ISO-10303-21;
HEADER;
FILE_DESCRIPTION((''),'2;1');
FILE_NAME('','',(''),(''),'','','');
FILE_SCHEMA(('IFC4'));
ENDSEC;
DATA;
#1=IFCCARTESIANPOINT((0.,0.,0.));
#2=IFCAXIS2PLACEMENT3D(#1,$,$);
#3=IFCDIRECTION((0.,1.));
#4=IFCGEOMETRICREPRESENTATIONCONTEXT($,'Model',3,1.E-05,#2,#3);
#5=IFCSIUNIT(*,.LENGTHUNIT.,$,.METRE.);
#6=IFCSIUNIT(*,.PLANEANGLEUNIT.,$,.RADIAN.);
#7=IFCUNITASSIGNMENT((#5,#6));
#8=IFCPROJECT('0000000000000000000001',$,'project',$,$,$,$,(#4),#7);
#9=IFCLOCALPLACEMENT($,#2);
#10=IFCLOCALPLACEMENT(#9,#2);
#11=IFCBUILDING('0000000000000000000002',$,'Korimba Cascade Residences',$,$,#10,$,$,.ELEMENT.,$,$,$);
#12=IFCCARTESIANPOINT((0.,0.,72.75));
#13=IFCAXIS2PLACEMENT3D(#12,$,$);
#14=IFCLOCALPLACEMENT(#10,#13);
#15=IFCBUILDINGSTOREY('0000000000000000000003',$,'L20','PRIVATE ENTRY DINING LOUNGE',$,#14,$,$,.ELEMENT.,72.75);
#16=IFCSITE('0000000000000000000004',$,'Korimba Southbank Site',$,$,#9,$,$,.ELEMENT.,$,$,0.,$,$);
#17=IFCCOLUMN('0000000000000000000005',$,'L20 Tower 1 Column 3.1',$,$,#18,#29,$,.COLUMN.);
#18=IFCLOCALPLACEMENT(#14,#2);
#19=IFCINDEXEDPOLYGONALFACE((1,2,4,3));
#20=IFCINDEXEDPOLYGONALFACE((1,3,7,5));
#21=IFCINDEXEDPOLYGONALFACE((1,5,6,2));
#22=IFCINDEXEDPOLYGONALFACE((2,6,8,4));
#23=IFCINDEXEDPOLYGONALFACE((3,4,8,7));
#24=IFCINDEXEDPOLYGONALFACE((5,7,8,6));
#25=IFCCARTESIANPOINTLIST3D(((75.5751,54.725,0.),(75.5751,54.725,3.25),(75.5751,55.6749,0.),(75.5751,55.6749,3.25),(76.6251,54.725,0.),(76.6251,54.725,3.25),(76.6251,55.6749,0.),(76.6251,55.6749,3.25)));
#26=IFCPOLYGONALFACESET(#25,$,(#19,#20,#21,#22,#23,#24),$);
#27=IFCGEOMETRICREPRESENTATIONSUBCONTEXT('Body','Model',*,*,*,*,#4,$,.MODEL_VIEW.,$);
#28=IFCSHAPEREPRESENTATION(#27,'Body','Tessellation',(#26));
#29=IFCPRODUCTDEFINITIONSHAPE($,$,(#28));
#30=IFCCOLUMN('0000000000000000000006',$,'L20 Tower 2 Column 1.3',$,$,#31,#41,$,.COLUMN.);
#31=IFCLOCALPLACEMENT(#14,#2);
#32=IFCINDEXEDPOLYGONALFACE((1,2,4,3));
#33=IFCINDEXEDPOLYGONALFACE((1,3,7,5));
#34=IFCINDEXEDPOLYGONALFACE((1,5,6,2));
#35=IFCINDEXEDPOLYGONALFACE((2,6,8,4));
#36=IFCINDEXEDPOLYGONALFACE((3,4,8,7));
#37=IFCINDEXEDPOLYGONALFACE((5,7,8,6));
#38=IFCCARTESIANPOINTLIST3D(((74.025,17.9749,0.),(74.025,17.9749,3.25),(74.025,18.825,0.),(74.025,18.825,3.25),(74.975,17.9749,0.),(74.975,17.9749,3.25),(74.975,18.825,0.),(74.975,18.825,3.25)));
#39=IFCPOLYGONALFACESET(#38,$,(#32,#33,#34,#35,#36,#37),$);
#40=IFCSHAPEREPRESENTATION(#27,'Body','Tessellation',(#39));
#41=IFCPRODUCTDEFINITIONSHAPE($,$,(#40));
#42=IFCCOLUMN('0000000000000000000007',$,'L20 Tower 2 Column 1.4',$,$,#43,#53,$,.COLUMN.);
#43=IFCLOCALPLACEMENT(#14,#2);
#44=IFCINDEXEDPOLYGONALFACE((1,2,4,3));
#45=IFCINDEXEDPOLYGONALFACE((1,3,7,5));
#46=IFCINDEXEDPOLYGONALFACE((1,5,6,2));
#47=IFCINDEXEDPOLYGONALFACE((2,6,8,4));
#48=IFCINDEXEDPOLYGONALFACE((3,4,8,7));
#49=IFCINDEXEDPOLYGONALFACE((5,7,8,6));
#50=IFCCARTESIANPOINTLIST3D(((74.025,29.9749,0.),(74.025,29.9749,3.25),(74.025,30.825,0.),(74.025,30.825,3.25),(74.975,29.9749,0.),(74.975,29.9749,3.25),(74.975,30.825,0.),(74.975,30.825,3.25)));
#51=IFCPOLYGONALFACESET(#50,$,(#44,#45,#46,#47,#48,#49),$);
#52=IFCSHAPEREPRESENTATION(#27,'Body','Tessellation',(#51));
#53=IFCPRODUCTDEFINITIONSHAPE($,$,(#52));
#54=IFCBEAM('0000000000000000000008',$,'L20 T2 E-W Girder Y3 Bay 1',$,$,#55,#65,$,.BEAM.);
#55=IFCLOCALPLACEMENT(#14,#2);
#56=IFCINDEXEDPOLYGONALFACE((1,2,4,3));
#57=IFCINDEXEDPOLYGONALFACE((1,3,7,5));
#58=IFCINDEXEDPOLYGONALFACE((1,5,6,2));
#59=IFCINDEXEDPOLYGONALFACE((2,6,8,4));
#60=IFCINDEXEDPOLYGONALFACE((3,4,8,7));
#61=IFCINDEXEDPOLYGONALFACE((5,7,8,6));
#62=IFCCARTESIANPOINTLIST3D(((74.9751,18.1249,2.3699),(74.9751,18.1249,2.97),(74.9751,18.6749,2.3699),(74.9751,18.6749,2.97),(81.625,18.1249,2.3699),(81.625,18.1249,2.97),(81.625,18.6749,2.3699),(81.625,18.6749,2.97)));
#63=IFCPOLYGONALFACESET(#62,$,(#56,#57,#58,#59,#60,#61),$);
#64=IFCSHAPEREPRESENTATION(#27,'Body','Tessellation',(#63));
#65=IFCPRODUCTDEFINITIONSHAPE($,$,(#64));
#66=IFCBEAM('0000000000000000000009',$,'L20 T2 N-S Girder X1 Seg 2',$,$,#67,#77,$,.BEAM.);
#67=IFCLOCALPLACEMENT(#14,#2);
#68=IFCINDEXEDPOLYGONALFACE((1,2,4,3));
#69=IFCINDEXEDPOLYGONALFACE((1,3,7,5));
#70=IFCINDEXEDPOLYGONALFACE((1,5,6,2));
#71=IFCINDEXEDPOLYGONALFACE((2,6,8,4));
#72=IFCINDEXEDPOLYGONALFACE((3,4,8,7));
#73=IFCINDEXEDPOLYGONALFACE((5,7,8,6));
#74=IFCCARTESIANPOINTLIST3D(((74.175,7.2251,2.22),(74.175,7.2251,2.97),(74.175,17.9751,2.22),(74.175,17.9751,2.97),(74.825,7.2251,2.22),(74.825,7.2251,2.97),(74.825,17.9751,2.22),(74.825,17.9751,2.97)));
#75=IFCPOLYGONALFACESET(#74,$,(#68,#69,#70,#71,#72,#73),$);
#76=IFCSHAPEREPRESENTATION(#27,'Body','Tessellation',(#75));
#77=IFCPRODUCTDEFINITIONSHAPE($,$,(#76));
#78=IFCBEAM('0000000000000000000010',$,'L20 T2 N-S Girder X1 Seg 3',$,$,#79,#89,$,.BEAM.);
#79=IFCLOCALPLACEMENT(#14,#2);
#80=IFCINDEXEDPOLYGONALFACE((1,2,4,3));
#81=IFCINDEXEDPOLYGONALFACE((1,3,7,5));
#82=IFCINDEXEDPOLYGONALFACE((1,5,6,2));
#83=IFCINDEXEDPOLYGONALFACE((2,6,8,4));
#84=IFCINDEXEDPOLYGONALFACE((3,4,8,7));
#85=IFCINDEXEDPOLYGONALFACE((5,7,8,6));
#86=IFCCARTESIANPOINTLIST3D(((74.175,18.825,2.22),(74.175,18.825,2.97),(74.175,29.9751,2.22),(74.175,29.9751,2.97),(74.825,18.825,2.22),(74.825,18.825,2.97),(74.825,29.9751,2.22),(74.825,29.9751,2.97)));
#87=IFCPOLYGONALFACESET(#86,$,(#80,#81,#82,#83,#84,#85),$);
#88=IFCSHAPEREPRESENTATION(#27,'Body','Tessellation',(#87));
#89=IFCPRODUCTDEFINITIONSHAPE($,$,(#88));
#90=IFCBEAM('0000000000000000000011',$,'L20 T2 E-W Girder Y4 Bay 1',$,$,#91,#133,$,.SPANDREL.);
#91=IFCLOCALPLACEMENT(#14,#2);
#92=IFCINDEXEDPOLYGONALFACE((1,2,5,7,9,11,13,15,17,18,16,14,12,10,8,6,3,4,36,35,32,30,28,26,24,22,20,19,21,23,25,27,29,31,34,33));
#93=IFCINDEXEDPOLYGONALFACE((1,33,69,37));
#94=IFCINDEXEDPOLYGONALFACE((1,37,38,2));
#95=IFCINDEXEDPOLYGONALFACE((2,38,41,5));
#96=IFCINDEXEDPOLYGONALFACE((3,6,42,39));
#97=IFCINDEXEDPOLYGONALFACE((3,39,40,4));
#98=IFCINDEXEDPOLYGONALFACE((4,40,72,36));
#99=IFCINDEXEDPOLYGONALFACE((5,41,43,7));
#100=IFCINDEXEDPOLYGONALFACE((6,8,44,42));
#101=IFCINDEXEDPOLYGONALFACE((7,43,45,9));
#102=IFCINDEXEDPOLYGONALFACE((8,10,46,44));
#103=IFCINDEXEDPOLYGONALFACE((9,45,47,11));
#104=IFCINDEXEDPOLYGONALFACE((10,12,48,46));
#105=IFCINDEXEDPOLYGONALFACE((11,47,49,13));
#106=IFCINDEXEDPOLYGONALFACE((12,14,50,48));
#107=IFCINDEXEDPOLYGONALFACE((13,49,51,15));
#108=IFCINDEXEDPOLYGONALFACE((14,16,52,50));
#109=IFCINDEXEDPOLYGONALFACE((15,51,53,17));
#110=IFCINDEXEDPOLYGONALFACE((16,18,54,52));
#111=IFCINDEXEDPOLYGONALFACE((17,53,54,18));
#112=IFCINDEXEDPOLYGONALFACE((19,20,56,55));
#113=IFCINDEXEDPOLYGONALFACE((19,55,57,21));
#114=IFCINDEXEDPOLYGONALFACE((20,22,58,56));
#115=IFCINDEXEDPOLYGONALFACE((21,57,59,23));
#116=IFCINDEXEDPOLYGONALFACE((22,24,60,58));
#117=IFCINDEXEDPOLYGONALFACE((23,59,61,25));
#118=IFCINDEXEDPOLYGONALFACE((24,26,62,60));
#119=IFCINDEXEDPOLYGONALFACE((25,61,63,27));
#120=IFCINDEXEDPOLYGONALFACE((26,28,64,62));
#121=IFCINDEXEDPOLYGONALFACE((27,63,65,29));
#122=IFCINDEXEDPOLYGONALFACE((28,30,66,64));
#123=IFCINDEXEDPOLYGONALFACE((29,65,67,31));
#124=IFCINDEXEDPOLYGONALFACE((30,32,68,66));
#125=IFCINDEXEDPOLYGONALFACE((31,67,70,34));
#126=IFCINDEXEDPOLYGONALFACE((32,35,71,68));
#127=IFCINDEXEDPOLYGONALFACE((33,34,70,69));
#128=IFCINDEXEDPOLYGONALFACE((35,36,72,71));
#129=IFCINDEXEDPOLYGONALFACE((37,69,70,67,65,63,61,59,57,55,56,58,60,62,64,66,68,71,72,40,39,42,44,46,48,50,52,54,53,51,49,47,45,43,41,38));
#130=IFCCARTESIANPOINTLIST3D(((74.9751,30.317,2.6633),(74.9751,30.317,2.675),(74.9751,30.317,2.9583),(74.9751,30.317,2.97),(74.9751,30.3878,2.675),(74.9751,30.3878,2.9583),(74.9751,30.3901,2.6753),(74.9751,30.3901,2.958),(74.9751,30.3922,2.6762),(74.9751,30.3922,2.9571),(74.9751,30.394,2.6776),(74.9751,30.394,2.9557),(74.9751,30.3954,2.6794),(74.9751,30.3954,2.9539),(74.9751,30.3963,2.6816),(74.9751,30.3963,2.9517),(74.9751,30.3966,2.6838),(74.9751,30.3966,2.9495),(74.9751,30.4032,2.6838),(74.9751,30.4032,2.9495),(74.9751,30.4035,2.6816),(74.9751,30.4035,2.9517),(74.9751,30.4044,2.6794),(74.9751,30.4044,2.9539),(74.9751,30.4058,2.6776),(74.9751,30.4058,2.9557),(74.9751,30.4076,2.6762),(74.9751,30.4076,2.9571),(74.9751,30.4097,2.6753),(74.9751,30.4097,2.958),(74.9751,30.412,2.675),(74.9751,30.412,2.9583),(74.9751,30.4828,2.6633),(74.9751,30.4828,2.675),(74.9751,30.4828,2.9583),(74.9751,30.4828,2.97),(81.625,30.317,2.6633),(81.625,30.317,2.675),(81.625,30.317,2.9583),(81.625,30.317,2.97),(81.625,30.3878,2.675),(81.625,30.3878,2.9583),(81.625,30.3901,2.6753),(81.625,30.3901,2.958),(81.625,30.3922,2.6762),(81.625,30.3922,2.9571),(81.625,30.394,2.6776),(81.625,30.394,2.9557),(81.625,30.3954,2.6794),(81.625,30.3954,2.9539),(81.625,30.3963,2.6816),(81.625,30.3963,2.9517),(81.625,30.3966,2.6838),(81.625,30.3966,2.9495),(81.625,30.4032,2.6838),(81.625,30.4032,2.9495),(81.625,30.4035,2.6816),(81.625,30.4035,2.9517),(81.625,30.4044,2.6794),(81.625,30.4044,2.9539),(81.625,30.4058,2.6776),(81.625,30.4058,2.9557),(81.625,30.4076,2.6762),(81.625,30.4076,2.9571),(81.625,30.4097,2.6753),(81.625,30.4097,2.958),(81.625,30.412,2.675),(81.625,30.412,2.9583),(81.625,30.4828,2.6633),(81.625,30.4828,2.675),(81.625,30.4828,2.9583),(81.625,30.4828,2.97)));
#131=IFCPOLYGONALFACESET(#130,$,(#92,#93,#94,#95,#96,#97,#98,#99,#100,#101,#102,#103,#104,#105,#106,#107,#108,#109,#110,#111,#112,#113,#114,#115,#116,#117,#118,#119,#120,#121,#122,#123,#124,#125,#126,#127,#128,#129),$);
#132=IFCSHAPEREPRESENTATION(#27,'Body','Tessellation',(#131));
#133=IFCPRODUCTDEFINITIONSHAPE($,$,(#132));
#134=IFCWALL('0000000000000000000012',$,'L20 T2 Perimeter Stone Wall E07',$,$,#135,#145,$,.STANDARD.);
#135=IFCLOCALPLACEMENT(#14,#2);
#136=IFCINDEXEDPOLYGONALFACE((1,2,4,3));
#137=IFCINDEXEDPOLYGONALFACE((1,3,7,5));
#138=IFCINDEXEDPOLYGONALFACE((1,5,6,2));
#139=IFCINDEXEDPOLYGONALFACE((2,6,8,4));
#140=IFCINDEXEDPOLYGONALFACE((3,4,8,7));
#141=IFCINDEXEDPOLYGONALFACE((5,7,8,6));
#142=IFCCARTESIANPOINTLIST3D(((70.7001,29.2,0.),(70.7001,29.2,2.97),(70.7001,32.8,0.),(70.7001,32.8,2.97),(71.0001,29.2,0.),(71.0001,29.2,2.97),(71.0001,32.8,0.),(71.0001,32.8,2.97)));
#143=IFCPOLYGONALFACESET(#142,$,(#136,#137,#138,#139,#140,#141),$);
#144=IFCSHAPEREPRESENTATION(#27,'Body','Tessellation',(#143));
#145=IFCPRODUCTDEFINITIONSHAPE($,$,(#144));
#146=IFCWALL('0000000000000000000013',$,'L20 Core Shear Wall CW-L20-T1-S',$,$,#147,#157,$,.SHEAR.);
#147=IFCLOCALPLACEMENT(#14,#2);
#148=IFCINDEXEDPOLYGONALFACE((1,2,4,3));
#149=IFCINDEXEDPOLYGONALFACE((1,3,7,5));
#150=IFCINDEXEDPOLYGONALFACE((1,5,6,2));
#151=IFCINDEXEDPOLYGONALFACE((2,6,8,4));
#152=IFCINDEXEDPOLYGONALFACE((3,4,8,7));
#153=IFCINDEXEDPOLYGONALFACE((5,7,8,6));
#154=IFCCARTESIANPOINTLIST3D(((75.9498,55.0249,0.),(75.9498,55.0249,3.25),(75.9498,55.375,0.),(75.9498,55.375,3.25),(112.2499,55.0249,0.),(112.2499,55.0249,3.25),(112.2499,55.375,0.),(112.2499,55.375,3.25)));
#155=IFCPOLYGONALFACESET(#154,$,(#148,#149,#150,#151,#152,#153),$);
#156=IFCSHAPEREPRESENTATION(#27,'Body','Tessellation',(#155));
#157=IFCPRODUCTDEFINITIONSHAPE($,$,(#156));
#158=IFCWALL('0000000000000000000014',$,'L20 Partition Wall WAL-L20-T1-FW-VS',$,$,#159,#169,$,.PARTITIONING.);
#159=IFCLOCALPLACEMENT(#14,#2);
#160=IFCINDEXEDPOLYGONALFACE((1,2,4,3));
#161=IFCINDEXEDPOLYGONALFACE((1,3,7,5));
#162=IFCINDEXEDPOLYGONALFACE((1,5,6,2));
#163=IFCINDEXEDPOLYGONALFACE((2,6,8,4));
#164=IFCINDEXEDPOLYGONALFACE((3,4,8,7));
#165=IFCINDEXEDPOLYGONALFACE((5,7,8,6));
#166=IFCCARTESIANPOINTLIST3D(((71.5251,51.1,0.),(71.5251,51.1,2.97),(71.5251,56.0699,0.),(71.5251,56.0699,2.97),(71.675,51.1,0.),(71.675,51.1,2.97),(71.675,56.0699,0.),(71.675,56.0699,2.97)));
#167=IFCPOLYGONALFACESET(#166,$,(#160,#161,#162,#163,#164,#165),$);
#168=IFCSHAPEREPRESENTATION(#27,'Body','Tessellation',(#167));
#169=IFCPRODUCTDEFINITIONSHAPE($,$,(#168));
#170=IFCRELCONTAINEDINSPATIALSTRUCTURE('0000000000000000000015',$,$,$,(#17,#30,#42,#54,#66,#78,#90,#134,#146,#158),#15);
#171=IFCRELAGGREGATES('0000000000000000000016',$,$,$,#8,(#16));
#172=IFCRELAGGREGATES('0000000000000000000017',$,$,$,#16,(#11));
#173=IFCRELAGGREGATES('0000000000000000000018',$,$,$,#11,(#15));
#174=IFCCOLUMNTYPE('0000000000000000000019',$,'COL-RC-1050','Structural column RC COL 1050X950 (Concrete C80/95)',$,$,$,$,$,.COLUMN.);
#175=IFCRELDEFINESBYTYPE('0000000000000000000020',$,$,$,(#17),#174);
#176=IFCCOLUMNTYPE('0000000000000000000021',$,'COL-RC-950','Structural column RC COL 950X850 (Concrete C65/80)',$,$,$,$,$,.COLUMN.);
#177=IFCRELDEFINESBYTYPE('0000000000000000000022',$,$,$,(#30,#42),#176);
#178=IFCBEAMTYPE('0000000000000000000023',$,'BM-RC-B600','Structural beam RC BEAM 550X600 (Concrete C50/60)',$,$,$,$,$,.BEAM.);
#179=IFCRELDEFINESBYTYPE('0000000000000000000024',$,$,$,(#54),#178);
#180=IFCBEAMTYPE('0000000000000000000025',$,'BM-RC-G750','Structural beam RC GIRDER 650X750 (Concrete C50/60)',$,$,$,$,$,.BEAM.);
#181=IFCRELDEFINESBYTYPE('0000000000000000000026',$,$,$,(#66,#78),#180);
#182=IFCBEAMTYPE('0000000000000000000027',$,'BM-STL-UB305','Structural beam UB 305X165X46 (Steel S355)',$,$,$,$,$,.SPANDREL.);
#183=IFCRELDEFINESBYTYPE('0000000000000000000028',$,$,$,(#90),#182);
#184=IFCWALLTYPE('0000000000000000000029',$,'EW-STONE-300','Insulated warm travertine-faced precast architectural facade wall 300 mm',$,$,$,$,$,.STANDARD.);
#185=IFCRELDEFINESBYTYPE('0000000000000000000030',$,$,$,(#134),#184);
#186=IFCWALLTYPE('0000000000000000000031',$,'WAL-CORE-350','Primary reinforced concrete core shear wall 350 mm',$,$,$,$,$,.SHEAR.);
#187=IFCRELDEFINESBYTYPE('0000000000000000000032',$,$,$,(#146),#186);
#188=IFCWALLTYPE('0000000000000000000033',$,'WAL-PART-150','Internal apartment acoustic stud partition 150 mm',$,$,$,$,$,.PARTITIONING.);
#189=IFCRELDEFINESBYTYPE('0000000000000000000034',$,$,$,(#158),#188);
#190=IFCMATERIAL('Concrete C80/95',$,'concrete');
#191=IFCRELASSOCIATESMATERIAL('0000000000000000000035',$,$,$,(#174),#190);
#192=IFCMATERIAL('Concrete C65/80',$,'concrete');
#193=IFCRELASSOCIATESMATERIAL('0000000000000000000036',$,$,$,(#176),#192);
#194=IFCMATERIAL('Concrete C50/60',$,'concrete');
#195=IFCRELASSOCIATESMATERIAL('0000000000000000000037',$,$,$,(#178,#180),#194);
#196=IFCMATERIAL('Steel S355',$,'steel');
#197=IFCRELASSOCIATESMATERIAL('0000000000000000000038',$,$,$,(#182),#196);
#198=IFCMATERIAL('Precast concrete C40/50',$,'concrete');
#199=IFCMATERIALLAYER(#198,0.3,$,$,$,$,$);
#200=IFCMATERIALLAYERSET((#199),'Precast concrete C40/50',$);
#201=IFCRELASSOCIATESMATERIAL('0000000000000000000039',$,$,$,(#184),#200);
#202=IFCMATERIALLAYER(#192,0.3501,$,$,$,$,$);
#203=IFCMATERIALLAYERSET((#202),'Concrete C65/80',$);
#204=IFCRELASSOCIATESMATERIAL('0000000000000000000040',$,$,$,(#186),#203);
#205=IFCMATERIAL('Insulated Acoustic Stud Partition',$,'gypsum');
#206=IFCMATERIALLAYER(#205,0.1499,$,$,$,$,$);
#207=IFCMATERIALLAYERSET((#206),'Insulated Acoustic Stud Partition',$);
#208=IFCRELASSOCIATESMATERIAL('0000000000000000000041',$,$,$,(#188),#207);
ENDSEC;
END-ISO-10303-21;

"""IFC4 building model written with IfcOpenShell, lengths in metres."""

from ifc_helpers import new_model, si_unit, direction, frame, frame_2d, origin, origin_2d, place, context, subcontext, project, spatial, rectangle, i_section, extrude, material, layer, layer_set, material_profile, profile_set, type_object, element, save


model = new_model("IFC4")

# Units and contexts
model_context = context("Model", 3, precision=1e-05, world=origin(), true_north=direction((0.0, 1.0)))
body_context = subcontext(model_context, "Body", "Model", "MODEL_VIEW")
ifc_project = project(units=[si_unit("LENGTHUNIT", "METRE"), si_unit("PLANEANGLEUNIT", "RADIAN")], contexts=[model_context])

# Site, building, storey
site_placement = place(None, origin())
site = spatial("IfcSite", under=ifc_project, at=site_placement, Name="Korimba Southbank Site", CompositionType="ELEMENT", RefElevation=0.0)
building_placement = place(site_placement, origin())
building = spatial("IfcBuilding", under=site, at=building_placement, Name="Korimba Cascade Residences", CompositionType="ELEMENT")
storey_placement = place(building_placement, frame((0.0, 0.0, 72.75)))
storey = spatial("IfcBuildingStorey", under=building, at=storey_placement, Name="L20", Description="PRIVATE ENTRY DINING LOUNGE", CompositionType="ELEMENT", Elevation=72.75)

# Columns
ifc_material_1 = material(Name="Concrete C80/95", Category="concrete")
ifc_material_profile_1 = material_profile(ifc_material_1, rectangle(XDim=1.05, YDim=0.95, at=origin_2d()), Name="Concrete C80/95")
ifc_profile_set_1 = profile_set([ifc_material_profile_1], Name="Concrete C80/95")
column_type_1 = type_object("IfcColumnType", Name="COL-RC-1050", Description="Structural column RC COL 1050X950 (Concrete C80/95)", PredefinedType="COLUMN", material=ifc_profile_set_1)
column_placement = place(storey_placement, frame((76.1001, 55.2, 0.0), z_axis=(0.0, 0.0, 1.0), x_axis=(1.0, 0.0, 0.0)))
element("IfcColumn", 1, at=column_placement, inside=storey, type_object=column_type_1, Name="L20 Tower 1 Column 3.1", PredefinedType="COLUMN", context=body_context, shape_type="SweptSolid", body=[
    extrude(rectangle(XDim=1.05, YDim=0.95, at=origin_2d()), origin(), (0.0, 0.0, 1.0), 3.25),
])
ifc_material_2 = material(Name="Concrete C65/80", Category="concrete")
ifc_material_profile_2 = material_profile(ifc_material_2, rectangle(XDim=0.95, YDim=0.8501, at=origin_2d()), Name="Concrete C65/80")
ifc_profile_set_2 = profile_set([ifc_material_profile_2], Name="Concrete C65/80")
column_type_2 = type_object("IfcColumnType", Name="COL-RC-950", Description="Structural column RC COL 950X850 (Concrete C65/80)", PredefinedType="COLUMN", material=ifc_profile_set_2)
for number, where, z_axis, x_axis, name in (
    (2, (74.5, 18.3999, 0.0), (0.0, 0.0, 1.0), (1.0, 0.0, 0.0), "L20 Tower 2 Column 1.3"),
    (3, (74.5, 30.3999, 0.0), (0.0, 0.0, 1.0), (1.0, 0.0, 0.0), "L20 Tower 2 Column 1.4"),
):
    element("IfcColumn", number, at=place(storey_placement, frame(where, z_axis=z_axis, x_axis=x_axis)), inside=storey, type_object=column_type_2, Name=name, PredefinedType="COLUMN", context=body_context, shape_type="SweptSolid", body=[
        extrude(rectangle(XDim=0.95, YDim=0.8501, at=origin_2d()), origin(), (0.0, 0.0, 1.0), 3.25),
    ])

# Beams
ifc_material_3 = material(Name="Concrete C50/60", Category="concrete")
ifc_material_profile_3 = material_profile(ifc_material_3, rectangle(XDim=0.55, YDim=0.6001, at=origin_2d()), Name="Concrete C50/60")
ifc_profile_set_3 = profile_set([ifc_material_profile_3], Name="Concrete C50/60")
beam_type_1 = type_object("IfcBeamType", Name="BM-RC-B600", Description="Structural beam RC BEAM 550X600 (Concrete C50/60)", PredefinedType="BEAM", material=ifc_profile_set_3)
beam_1_placement = place(storey_placement, frame((74.9751, 18.3999, 2.6699), z_axis=(1.0, 0.0, 0.0), x_axis=(0.0, 1.0, 0.0)))
element("IfcBeam", 4, at=beam_1_placement, inside=storey, type_object=beam_type_1, Name="L20 T2 E-W Girder Y3 Bay 1", PredefinedType="BEAM", context=body_context, shape_type="SweptSolid", body=[
    extrude(rectangle(XDim=0.55, YDim=0.6001, at=origin_2d()), origin(), (0.0, 0.0, 1.0), 6.6499),
])
ifc_material_profile_4 = material_profile(ifc_material_3, rectangle(XDim=0.6499, YDim=0.75, at=origin_2d()), Name="Concrete C50/60")
ifc_profile_set_4 = profile_set([ifc_material_profile_4], Name="Concrete C50/60")
beam_type_2 = type_object("IfcBeamType", Name="BM-RC-G750", Description="Structural beam RC GIRDER 650X750 (Concrete C50/60)", PredefinedType="BEAM", material=ifc_profile_set_4)
beam_2_placement = place(storey_placement, frame((74.5, 7.2251, 2.595), z_axis=(0.0, 1.0, 0.0), x_axis=(-1.0, 0.0, 0.0)))
element("IfcBeam", 5, at=beam_2_placement, inside=storey, type_object=beam_type_2, Name="L20 T2 N-S Girder X1 Seg 2", PredefinedType="BEAM", context=body_context, shape_type="SweptSolid", body=[
    extrude(rectangle(XDim=0.6499, YDim=0.75, at=origin_2d()), origin(), (0.0, 0.0, 1.0), 10.75),
])
beam_3_placement = place(storey_placement, frame((74.5, 18.825, 2.595), z_axis=(0.0, 1.0, 0.0), x_axis=(-1.0, 0.0, 0.0)))
element("IfcBeam", 6, at=beam_3_placement, inside=storey, type_object=beam_type_2, Name="L20 T2 N-S Girder X1 Seg 3", PredefinedType="BEAM", context=body_context, shape_type="SweptSolid", body=[
    extrude(rectangle(XDim=0.6499, YDim=0.75, at=origin_2d()), origin(), (0.0, 0.0, 1.0), 11.1501),
])
ifc_material_4 = material(Name="Steel S355", Category="steel")
ifc_material_profile_5 = material_profile(ifc_material_4, i_section(OverallWidth=0.1658, OverallDepth=0.3066, WebThickness=0.0066, FlangeThickness=0.0117, FilletRadius=0.0088, at=origin_2d()), Name="Steel S355")
ifc_profile_set_5 = profile_set([ifc_material_profile_5], Name="Steel S355")
beam_type_3 = type_object("IfcBeamType", Name="BM-STL-UB305", Description="Structural beam UB 305X165X46 (Steel S355)", PredefinedType="SPANDREL", material=ifc_profile_set_5)
beam_4_placement = place(storey_placement, frame((74.9751, 30.3999, 2.8167), z_axis=(1.0, 0.0, 0.0), x_axis=(0.0, 1.0, 0.0)))
element("IfcBeam", 7, at=beam_4_placement, inside=storey, type_object=beam_type_3, Name="L20 T2 E-W Girder Y4 Bay 1", PredefinedType="SPANDREL", context=body_context, shape_type="SweptSolid", body=[
    extrude(i_section(OverallWidth=0.1658, OverallDepth=0.3066, WebThickness=0.0066, FlangeThickness=0.0117, FilletRadius=0.0088, at=origin_2d()), origin(), (0.0, 0.0, 1.0), 6.6499),
])

# Walls
ifc_material_5 = material(Name="Precast concrete C40/50", Category="concrete")
ifc_layer_1 = layer(ifc_material_5, 0.3)
ifc_layer_set_1 = layer_set([ifc_layer_1], Name="Precast concrete C40/50")
wall_type_1 = type_object("IfcWallType", Name="EW-STONE-300", Description="Insulated warm travertine-faced precast architectural facade wall 300 mm", PredefinedType="STANDARD", material=ifc_layer_set_1)
wall_1_placement = place(storey_placement, frame((70.8501, 32.8, 0.0), z_axis=(0.0, 0.0, 1.0), x_axis=(0.0, -1.0, 0.0)))
element("IfcWall", 8, at=wall_1_placement, inside=storey, type_object=wall_type_1, Name="L20 T2 Perimeter Stone Wall E07", PredefinedType="STANDARD", context=body_context, shape_type="SweptSolid", body=[
    extrude(rectangle(XDim=3.6001, YDim=0.3, at=frame_2d((1.8, 0.0))), origin(), (0.0, 0.0, 1.0), 2.97),
])
ifc_layer_2 = layer(ifc_material_2, 0.3501)
ifc_layer_set_2 = layer_set([ifc_layer_2], Name="Concrete C65/80")
wall_type_2 = type_object("IfcWallType", Name="WAL-CORE-350", Description="Primary reinforced concrete core shear wall 350 mm", PredefinedType="SHEAR", material=ifc_layer_set_2)
wall_2_placement = place(storey_placement, frame((75.95, 55.2, 0.0), z_axis=(0.0, 0.0, 1.0), x_axis=(1.0, 0.0, 0.0)))
element("IfcWall", 9, at=wall_2_placement, inside=storey, type_object=wall_type_2, Name="L20 Core Shear Wall CW-L20-T1-S", PredefinedType="SHEAR", context=body_context, shape_type="SweptSolid", body=[
    extrude(rectangle(XDim=36.3, YDim=0.3501, at=frame_2d((18.1499, 0.0))), origin(), (0.0, 0.0, 1.0), 3.25),
])
ifc_material_6 = material(Name="Insulated Acoustic Stud Partition", Category="gypsum")
ifc_layer_3 = layer(ifc_material_6, 0.1499)
ifc_layer_set_3 = layer_set([ifc_layer_3], Name="Insulated Acoustic Stud Partition")
wall_type_3 = type_object("IfcWallType", Name="WAL-PART-150", Description="Internal apartment acoustic stud partition 150 mm", PredefinedType="PARTITIONING", material=ifc_layer_set_3)
wall_3_placement = place(storey_placement, frame((71.6001, 51.1001, 0.0), z_axis=(0.0, 0.0, 1.0), x_axis=(0.0, 1.0, 0.0)))
element("IfcWall", 10, at=wall_3_placement, inside=storey, type_object=wall_type_3, Name="L20 Partition Wall WAL-L20-T1-FW-VS", PredefinedType="PARTITIONING", context=body_context, shape_type="SweptSolid", body=[
    extrude(rectangle(XDim=4.97, YDim=0.1499, at=frame_2d((2.4849, 0.0))), origin(), (0.0, 0.0, 1.0), 2.97),
])

save(model, "model.ifc")
